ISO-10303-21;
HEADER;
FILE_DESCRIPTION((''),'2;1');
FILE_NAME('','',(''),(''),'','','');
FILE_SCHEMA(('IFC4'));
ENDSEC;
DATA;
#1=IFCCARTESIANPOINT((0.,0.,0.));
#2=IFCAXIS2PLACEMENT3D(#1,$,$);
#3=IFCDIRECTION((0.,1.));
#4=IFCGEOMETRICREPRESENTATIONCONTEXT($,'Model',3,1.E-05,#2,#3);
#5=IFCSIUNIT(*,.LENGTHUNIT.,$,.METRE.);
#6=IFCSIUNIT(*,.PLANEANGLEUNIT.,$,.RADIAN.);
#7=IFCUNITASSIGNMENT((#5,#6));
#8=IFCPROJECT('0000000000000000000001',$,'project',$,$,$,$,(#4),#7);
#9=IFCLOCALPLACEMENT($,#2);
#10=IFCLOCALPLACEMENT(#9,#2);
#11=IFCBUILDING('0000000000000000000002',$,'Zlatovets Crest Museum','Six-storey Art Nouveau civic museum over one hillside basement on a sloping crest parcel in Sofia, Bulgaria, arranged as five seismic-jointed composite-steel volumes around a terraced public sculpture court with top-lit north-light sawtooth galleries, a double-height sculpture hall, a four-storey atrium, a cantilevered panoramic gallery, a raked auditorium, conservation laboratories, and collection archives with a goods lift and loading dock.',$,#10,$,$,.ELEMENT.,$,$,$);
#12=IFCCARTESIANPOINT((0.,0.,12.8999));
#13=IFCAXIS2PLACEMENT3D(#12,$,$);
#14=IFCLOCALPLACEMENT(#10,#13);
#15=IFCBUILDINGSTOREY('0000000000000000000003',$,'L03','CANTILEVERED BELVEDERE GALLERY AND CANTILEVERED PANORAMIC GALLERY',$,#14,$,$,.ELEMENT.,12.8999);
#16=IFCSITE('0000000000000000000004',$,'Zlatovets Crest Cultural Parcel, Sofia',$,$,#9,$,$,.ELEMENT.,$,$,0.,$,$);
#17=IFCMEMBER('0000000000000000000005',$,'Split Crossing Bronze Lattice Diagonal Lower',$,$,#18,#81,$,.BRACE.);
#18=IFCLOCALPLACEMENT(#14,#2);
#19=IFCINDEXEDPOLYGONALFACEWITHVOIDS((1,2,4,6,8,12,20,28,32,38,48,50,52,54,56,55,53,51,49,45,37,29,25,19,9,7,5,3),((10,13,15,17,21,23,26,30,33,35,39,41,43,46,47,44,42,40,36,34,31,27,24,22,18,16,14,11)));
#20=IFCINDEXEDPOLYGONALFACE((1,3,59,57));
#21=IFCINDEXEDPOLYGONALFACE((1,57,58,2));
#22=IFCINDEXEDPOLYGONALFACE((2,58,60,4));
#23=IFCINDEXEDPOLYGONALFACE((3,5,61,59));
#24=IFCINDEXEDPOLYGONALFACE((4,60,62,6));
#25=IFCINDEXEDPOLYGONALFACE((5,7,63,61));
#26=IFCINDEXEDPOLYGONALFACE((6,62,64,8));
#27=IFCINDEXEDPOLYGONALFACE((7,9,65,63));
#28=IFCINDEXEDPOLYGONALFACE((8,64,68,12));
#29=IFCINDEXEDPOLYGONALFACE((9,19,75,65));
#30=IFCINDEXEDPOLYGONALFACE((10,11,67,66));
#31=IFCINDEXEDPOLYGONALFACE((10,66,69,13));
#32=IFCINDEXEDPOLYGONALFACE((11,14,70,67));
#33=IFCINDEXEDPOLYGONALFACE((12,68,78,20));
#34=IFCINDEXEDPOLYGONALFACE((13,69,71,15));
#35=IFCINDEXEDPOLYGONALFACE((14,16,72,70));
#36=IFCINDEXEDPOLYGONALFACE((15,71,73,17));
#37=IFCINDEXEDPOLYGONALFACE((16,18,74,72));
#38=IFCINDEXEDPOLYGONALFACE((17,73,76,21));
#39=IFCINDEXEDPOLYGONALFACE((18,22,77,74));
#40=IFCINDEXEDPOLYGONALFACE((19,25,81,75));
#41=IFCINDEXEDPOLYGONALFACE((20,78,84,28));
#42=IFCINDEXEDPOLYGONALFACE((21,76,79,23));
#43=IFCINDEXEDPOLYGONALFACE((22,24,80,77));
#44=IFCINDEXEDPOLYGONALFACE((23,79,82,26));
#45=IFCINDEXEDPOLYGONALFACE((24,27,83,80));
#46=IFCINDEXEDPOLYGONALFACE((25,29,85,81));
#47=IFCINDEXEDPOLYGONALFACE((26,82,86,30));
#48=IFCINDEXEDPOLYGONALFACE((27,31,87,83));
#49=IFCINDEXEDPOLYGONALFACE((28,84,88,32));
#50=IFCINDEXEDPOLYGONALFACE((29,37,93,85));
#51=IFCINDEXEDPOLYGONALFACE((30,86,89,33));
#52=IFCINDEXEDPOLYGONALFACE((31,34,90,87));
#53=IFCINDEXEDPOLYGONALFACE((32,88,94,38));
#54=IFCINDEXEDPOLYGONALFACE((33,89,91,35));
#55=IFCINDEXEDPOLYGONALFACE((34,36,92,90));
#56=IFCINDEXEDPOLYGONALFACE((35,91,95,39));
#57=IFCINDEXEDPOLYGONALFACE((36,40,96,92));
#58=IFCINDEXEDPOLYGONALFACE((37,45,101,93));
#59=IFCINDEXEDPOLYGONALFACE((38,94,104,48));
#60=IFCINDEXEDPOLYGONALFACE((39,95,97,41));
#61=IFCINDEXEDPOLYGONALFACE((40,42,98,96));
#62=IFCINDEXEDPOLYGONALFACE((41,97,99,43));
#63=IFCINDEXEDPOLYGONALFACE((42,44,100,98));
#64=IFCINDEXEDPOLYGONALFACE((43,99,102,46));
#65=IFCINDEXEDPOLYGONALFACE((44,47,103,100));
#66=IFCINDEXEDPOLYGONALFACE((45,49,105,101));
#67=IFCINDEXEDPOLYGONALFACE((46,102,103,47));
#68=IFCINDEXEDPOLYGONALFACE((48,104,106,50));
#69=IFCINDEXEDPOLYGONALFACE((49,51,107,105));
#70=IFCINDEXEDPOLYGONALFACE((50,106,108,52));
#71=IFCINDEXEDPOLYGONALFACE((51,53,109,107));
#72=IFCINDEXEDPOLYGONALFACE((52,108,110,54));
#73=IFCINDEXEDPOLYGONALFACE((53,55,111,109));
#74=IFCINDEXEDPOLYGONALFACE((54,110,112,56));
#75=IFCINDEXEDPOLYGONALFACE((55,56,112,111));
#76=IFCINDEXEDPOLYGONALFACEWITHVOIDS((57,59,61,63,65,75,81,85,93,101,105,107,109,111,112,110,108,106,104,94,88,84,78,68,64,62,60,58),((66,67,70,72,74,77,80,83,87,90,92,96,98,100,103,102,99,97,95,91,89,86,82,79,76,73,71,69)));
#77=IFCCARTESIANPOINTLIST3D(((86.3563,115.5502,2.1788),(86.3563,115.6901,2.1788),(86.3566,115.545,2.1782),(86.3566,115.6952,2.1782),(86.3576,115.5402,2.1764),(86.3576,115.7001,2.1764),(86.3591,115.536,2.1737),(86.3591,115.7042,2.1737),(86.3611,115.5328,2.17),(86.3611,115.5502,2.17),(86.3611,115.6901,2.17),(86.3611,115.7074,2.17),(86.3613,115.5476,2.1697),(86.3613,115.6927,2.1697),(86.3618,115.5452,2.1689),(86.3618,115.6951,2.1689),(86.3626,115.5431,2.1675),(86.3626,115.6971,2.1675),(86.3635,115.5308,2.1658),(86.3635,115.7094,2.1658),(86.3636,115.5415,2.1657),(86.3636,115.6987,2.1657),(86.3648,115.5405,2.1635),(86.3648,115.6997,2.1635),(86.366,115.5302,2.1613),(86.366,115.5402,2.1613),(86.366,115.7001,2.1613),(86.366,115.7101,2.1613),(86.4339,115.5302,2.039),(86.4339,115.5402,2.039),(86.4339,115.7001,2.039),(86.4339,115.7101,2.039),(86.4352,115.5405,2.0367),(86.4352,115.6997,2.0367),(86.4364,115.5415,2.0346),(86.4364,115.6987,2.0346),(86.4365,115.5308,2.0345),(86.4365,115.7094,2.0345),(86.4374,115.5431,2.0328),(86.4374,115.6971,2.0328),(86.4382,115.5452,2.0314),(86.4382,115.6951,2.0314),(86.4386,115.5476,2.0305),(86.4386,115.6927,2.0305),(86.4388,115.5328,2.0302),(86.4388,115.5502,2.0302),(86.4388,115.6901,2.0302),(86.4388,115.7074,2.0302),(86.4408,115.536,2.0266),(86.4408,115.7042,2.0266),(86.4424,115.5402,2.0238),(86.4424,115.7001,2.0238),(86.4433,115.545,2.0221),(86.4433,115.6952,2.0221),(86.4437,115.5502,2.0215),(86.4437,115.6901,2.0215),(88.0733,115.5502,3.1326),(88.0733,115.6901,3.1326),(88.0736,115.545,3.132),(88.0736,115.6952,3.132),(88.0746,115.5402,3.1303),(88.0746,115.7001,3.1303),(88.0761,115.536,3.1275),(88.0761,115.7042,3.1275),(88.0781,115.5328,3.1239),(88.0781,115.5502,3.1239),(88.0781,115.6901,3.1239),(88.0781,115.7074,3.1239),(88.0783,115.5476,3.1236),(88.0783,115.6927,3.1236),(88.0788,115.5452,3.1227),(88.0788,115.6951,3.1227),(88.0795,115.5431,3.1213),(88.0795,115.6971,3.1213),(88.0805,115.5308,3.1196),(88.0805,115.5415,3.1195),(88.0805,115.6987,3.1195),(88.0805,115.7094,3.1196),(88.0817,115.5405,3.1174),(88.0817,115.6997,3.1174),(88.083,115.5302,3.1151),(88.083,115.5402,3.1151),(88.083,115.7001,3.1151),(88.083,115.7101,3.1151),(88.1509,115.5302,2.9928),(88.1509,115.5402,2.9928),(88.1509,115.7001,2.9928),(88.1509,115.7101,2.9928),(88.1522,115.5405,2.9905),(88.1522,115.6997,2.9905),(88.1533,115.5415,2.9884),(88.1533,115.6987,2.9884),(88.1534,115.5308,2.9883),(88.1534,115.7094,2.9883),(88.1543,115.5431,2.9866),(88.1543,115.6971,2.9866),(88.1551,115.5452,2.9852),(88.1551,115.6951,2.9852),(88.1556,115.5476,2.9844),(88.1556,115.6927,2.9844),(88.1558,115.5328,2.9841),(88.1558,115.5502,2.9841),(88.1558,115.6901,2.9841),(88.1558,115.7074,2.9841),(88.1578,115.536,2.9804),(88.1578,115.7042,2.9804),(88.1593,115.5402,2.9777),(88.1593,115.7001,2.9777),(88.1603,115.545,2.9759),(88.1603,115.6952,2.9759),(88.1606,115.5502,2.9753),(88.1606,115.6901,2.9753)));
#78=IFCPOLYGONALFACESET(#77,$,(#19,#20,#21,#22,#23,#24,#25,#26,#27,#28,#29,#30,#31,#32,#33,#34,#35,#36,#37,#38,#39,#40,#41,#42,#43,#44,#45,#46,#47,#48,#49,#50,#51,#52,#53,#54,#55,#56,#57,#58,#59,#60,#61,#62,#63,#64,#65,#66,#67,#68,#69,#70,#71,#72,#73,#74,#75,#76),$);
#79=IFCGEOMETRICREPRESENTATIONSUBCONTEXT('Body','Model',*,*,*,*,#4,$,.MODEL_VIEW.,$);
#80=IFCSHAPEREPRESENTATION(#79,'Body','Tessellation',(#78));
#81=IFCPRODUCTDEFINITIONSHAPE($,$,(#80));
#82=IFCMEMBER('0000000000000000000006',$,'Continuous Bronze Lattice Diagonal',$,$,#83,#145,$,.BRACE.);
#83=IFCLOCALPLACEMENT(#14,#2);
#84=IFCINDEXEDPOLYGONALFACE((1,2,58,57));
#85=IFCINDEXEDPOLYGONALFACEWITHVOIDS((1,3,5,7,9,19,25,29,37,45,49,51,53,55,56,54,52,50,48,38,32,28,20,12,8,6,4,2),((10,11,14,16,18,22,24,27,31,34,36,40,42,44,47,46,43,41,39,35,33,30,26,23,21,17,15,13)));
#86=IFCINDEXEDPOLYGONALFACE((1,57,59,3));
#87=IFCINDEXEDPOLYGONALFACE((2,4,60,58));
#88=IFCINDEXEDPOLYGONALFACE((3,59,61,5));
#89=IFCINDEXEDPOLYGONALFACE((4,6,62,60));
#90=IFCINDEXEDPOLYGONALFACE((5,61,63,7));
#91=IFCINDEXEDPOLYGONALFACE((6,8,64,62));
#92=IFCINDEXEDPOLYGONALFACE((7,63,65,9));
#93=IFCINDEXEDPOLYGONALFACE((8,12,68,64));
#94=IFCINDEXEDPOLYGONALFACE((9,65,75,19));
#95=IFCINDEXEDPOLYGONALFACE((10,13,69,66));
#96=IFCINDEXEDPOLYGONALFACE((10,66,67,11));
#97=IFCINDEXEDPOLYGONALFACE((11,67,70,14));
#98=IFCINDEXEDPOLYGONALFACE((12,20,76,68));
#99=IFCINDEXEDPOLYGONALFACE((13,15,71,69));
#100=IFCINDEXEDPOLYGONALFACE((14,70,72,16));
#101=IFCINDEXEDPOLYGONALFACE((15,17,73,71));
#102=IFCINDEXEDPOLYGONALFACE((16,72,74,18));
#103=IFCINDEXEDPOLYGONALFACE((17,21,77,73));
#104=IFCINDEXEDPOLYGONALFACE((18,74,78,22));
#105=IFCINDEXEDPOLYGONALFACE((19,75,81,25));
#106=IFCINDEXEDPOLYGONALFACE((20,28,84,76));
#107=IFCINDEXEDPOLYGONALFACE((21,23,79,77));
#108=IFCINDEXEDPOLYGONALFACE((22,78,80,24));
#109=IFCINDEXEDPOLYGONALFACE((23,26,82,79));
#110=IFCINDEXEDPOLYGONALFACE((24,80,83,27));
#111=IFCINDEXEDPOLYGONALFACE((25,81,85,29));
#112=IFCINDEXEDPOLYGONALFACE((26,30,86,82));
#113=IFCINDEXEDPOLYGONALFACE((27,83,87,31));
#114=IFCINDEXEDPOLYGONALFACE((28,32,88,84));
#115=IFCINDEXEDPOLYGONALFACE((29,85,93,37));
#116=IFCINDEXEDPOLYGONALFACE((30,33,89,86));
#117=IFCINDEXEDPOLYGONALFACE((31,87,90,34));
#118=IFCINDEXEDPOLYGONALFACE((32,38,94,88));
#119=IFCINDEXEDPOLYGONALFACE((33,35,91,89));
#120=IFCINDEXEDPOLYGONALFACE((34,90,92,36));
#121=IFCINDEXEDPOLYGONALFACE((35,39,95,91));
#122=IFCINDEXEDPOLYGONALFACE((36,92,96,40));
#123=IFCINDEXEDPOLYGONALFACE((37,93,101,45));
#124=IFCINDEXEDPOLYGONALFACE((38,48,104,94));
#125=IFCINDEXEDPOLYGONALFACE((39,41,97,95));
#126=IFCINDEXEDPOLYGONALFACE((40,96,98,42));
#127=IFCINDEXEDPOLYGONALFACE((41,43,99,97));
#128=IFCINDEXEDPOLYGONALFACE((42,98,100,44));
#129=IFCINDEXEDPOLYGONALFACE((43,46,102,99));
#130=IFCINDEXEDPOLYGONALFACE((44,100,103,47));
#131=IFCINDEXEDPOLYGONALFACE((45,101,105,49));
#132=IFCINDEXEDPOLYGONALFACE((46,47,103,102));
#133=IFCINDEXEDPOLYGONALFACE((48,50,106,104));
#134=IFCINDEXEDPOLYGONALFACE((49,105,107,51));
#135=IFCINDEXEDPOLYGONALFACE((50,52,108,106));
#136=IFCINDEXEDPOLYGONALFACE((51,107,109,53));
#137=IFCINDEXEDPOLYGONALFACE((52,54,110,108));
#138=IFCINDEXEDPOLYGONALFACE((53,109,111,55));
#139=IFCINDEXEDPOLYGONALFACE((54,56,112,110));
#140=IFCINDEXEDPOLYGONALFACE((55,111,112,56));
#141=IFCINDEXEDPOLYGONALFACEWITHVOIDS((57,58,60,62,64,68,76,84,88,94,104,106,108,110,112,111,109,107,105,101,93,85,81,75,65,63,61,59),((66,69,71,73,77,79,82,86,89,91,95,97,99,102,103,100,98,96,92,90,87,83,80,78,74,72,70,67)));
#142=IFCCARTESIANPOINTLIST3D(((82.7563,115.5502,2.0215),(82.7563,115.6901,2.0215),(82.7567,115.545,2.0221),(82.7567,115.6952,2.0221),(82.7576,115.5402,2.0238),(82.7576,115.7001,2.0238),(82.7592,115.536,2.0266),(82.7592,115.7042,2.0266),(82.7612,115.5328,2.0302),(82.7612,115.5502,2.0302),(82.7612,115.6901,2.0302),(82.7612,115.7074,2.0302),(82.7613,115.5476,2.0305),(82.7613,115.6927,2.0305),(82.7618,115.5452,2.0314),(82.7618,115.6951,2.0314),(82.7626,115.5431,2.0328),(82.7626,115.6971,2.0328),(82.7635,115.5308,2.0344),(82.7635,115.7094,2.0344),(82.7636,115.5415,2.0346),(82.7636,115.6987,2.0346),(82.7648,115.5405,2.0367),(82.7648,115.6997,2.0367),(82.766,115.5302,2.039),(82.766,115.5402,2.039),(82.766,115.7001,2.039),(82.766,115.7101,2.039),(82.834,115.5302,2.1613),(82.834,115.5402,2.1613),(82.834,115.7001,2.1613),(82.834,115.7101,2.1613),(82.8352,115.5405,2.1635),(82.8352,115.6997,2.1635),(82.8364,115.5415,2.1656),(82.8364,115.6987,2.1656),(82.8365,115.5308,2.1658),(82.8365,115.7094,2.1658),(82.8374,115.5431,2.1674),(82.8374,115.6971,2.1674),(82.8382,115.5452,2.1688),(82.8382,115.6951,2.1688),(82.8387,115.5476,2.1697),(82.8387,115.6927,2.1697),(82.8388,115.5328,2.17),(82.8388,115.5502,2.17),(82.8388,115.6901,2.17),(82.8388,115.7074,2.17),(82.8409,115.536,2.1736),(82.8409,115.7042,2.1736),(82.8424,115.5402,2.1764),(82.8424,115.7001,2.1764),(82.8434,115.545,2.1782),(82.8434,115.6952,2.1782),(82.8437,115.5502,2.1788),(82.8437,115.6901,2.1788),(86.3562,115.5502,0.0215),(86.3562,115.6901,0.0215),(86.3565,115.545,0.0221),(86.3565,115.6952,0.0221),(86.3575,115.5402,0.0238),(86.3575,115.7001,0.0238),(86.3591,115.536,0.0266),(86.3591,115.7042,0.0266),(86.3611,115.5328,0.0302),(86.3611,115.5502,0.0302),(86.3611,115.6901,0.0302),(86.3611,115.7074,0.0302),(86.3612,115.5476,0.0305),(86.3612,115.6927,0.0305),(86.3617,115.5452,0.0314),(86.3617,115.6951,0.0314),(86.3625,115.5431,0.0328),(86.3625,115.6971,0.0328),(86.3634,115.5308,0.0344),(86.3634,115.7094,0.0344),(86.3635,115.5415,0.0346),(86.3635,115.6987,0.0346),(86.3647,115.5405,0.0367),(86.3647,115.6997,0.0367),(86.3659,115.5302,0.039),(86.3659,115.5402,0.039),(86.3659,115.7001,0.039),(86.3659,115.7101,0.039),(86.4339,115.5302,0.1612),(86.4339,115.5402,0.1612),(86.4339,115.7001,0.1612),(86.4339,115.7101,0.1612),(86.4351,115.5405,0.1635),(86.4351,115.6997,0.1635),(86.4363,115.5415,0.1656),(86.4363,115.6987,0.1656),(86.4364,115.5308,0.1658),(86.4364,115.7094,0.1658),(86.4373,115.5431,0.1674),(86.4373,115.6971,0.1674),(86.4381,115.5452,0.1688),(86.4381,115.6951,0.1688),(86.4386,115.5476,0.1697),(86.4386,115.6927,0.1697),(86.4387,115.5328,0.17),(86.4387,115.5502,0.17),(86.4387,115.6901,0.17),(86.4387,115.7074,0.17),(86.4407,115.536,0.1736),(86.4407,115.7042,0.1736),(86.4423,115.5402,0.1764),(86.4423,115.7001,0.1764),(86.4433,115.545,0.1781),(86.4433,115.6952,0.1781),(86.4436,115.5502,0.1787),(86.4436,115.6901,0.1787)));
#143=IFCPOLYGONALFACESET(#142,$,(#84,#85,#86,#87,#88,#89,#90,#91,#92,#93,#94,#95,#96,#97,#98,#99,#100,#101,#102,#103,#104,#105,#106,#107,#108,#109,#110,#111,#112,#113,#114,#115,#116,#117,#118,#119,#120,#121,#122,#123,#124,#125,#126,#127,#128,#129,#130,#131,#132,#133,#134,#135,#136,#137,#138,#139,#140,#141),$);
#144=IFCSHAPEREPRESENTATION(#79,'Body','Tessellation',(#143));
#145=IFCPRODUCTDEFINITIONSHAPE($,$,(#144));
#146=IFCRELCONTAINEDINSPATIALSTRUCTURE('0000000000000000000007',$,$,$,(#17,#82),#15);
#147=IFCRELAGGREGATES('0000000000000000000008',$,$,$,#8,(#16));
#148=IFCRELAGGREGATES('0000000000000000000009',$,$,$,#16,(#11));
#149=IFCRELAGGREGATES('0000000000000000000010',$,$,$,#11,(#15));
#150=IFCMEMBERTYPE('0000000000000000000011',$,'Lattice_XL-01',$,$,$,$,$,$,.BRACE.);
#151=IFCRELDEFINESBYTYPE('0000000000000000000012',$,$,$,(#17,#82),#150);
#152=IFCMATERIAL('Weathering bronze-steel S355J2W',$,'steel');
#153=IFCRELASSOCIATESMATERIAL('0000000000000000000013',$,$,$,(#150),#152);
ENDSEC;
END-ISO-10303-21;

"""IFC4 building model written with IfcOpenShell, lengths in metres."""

from ifc_helpers import new_model, si_unit, direction, frame, origin, origin_2d, place, context, subcontext, project, spatial, hollow_rectangle, extrude, material, material_profile, profile_set, type_object, element, save


model = new_model("IFC4")

# Units and contexts
model_context = context("Model", 3, precision=1e-05, world=origin(), true_north=direction((0.0, 1.0)))
body_context = subcontext(model_context, "Body", "Model", "MODEL_VIEW")
ifc_project = project(units=[si_unit("LENGTHUNIT", "METRE"), si_unit("PLANEANGLEUNIT", "RADIAN")], contexts=[model_context])

# Site, building, storey
site_placement = place(None, origin())
site = spatial("IfcSite", under=ifc_project, at=site_placement, Name="Zlatovets Crest Cultural Parcel, Sofia", CompositionType="ELEMENT", RefElevation=0.0)
building_placement = place(site_placement, origin())
building = spatial("IfcBuilding", under=site, at=building_placement, Name="Zlatovets Crest Museum", Description="Six-storey Art Nouveau civic museum over one hillside basement on a sloping crest parcel in Sofia, Bulgaria, arranged as five seismic-jointed composite-steel volumes around a terraced public sculpture court with top-lit north-light sawtooth galleries, a double-height sculpture hall, a four-storey atrium, a cantilevered panoramic gallery, a raked auditorium, conservation laboratories, and collection archives with a goods lift and loading dock.", CompositionType="ELEMENT")
storey_placement = place(building_placement, frame((0.0, 0.0, 12.8999)))
storey = spatial("IfcBuildingStorey", under=building, at=storey_placement, Name="L03", Description="CANTILEVERED BELVEDERE GALLERY AND CANTILEVERED PANORAMIC GALLERY", CompositionType="ELEMENT", Elevation=12.8999)

# Members
ifc_material_1 = material(Name="Weathering bronze-steel S355J2W", Category="steel")
ifc_material_profile_1 = material_profile(ifc_material_1, hollow_rectangle(XDim=0.1799, YDim=0.1799, WallThickness=0.01, InnerFilletRadius=0.01, OuterFilletRadius=0.02, at=origin_2d()), Name="SHS 180x180x10.0")
ifc_profile_set_1 = profile_set([ifc_material_profile_1], Name="Weathering bronze-steel S355J2W")
member_type_1 = type_object("IfcMemberType", Name="Lattice_XL-01", PredefinedType="BRACE", material=ifc_profile_set_1)
for number, where, z_axis, x_axis, name in (
    (1, (88.1169, 115.6201, 3.054), (-0.874169, 0.0, -0.485622), (0.0, -1.0, 0.0), "Split Crossing Bronze Lattice Diagonal Lower"),
):
    element("IfcMember", number, at=place(storey_placement, frame(where, z_axis=z_axis, x_axis=x_axis)), inside=storey, type_object=member_type_1, Name=name, PredefinedType="BRACE", context=body_context, shape_type="SweptSolid", body=[
        extrude(hollow_rectangle(XDim=0.1799, YDim=0.1799, WallThickness=0.01, InnerFilletRadius=0.01, OuterFilletRadius=0.02, at=origin_2d()), origin(), (0.0, 0.0, 1.0), 1.9641),
    ])
member_1_placement = place(storey_placement, frame((86.3999, 115.6201, 0.1001), z_axis=(-0.874149, 0.0, 0.485658), x_axis=(0.0, -1.0, 0.0)))
element("IfcMember", 2, at=member_1_placement, inside=storey, type_object=member_type_1, Name="Continuous Bronze Lattice Diagonal", PredefinedType="BRACE", context=body_context, shape_type="SweptSolid", body=[
    extrude(hollow_rectangle(XDim=0.1799, YDim=0.1799, WallThickness=0.01, InnerFilletRadius=0.01, OuterFilletRadius=0.02, at=origin_2d()), origin(), (0.0, 0.0, 1.0), 4.1182),
])

save(model, "model.ifc")
